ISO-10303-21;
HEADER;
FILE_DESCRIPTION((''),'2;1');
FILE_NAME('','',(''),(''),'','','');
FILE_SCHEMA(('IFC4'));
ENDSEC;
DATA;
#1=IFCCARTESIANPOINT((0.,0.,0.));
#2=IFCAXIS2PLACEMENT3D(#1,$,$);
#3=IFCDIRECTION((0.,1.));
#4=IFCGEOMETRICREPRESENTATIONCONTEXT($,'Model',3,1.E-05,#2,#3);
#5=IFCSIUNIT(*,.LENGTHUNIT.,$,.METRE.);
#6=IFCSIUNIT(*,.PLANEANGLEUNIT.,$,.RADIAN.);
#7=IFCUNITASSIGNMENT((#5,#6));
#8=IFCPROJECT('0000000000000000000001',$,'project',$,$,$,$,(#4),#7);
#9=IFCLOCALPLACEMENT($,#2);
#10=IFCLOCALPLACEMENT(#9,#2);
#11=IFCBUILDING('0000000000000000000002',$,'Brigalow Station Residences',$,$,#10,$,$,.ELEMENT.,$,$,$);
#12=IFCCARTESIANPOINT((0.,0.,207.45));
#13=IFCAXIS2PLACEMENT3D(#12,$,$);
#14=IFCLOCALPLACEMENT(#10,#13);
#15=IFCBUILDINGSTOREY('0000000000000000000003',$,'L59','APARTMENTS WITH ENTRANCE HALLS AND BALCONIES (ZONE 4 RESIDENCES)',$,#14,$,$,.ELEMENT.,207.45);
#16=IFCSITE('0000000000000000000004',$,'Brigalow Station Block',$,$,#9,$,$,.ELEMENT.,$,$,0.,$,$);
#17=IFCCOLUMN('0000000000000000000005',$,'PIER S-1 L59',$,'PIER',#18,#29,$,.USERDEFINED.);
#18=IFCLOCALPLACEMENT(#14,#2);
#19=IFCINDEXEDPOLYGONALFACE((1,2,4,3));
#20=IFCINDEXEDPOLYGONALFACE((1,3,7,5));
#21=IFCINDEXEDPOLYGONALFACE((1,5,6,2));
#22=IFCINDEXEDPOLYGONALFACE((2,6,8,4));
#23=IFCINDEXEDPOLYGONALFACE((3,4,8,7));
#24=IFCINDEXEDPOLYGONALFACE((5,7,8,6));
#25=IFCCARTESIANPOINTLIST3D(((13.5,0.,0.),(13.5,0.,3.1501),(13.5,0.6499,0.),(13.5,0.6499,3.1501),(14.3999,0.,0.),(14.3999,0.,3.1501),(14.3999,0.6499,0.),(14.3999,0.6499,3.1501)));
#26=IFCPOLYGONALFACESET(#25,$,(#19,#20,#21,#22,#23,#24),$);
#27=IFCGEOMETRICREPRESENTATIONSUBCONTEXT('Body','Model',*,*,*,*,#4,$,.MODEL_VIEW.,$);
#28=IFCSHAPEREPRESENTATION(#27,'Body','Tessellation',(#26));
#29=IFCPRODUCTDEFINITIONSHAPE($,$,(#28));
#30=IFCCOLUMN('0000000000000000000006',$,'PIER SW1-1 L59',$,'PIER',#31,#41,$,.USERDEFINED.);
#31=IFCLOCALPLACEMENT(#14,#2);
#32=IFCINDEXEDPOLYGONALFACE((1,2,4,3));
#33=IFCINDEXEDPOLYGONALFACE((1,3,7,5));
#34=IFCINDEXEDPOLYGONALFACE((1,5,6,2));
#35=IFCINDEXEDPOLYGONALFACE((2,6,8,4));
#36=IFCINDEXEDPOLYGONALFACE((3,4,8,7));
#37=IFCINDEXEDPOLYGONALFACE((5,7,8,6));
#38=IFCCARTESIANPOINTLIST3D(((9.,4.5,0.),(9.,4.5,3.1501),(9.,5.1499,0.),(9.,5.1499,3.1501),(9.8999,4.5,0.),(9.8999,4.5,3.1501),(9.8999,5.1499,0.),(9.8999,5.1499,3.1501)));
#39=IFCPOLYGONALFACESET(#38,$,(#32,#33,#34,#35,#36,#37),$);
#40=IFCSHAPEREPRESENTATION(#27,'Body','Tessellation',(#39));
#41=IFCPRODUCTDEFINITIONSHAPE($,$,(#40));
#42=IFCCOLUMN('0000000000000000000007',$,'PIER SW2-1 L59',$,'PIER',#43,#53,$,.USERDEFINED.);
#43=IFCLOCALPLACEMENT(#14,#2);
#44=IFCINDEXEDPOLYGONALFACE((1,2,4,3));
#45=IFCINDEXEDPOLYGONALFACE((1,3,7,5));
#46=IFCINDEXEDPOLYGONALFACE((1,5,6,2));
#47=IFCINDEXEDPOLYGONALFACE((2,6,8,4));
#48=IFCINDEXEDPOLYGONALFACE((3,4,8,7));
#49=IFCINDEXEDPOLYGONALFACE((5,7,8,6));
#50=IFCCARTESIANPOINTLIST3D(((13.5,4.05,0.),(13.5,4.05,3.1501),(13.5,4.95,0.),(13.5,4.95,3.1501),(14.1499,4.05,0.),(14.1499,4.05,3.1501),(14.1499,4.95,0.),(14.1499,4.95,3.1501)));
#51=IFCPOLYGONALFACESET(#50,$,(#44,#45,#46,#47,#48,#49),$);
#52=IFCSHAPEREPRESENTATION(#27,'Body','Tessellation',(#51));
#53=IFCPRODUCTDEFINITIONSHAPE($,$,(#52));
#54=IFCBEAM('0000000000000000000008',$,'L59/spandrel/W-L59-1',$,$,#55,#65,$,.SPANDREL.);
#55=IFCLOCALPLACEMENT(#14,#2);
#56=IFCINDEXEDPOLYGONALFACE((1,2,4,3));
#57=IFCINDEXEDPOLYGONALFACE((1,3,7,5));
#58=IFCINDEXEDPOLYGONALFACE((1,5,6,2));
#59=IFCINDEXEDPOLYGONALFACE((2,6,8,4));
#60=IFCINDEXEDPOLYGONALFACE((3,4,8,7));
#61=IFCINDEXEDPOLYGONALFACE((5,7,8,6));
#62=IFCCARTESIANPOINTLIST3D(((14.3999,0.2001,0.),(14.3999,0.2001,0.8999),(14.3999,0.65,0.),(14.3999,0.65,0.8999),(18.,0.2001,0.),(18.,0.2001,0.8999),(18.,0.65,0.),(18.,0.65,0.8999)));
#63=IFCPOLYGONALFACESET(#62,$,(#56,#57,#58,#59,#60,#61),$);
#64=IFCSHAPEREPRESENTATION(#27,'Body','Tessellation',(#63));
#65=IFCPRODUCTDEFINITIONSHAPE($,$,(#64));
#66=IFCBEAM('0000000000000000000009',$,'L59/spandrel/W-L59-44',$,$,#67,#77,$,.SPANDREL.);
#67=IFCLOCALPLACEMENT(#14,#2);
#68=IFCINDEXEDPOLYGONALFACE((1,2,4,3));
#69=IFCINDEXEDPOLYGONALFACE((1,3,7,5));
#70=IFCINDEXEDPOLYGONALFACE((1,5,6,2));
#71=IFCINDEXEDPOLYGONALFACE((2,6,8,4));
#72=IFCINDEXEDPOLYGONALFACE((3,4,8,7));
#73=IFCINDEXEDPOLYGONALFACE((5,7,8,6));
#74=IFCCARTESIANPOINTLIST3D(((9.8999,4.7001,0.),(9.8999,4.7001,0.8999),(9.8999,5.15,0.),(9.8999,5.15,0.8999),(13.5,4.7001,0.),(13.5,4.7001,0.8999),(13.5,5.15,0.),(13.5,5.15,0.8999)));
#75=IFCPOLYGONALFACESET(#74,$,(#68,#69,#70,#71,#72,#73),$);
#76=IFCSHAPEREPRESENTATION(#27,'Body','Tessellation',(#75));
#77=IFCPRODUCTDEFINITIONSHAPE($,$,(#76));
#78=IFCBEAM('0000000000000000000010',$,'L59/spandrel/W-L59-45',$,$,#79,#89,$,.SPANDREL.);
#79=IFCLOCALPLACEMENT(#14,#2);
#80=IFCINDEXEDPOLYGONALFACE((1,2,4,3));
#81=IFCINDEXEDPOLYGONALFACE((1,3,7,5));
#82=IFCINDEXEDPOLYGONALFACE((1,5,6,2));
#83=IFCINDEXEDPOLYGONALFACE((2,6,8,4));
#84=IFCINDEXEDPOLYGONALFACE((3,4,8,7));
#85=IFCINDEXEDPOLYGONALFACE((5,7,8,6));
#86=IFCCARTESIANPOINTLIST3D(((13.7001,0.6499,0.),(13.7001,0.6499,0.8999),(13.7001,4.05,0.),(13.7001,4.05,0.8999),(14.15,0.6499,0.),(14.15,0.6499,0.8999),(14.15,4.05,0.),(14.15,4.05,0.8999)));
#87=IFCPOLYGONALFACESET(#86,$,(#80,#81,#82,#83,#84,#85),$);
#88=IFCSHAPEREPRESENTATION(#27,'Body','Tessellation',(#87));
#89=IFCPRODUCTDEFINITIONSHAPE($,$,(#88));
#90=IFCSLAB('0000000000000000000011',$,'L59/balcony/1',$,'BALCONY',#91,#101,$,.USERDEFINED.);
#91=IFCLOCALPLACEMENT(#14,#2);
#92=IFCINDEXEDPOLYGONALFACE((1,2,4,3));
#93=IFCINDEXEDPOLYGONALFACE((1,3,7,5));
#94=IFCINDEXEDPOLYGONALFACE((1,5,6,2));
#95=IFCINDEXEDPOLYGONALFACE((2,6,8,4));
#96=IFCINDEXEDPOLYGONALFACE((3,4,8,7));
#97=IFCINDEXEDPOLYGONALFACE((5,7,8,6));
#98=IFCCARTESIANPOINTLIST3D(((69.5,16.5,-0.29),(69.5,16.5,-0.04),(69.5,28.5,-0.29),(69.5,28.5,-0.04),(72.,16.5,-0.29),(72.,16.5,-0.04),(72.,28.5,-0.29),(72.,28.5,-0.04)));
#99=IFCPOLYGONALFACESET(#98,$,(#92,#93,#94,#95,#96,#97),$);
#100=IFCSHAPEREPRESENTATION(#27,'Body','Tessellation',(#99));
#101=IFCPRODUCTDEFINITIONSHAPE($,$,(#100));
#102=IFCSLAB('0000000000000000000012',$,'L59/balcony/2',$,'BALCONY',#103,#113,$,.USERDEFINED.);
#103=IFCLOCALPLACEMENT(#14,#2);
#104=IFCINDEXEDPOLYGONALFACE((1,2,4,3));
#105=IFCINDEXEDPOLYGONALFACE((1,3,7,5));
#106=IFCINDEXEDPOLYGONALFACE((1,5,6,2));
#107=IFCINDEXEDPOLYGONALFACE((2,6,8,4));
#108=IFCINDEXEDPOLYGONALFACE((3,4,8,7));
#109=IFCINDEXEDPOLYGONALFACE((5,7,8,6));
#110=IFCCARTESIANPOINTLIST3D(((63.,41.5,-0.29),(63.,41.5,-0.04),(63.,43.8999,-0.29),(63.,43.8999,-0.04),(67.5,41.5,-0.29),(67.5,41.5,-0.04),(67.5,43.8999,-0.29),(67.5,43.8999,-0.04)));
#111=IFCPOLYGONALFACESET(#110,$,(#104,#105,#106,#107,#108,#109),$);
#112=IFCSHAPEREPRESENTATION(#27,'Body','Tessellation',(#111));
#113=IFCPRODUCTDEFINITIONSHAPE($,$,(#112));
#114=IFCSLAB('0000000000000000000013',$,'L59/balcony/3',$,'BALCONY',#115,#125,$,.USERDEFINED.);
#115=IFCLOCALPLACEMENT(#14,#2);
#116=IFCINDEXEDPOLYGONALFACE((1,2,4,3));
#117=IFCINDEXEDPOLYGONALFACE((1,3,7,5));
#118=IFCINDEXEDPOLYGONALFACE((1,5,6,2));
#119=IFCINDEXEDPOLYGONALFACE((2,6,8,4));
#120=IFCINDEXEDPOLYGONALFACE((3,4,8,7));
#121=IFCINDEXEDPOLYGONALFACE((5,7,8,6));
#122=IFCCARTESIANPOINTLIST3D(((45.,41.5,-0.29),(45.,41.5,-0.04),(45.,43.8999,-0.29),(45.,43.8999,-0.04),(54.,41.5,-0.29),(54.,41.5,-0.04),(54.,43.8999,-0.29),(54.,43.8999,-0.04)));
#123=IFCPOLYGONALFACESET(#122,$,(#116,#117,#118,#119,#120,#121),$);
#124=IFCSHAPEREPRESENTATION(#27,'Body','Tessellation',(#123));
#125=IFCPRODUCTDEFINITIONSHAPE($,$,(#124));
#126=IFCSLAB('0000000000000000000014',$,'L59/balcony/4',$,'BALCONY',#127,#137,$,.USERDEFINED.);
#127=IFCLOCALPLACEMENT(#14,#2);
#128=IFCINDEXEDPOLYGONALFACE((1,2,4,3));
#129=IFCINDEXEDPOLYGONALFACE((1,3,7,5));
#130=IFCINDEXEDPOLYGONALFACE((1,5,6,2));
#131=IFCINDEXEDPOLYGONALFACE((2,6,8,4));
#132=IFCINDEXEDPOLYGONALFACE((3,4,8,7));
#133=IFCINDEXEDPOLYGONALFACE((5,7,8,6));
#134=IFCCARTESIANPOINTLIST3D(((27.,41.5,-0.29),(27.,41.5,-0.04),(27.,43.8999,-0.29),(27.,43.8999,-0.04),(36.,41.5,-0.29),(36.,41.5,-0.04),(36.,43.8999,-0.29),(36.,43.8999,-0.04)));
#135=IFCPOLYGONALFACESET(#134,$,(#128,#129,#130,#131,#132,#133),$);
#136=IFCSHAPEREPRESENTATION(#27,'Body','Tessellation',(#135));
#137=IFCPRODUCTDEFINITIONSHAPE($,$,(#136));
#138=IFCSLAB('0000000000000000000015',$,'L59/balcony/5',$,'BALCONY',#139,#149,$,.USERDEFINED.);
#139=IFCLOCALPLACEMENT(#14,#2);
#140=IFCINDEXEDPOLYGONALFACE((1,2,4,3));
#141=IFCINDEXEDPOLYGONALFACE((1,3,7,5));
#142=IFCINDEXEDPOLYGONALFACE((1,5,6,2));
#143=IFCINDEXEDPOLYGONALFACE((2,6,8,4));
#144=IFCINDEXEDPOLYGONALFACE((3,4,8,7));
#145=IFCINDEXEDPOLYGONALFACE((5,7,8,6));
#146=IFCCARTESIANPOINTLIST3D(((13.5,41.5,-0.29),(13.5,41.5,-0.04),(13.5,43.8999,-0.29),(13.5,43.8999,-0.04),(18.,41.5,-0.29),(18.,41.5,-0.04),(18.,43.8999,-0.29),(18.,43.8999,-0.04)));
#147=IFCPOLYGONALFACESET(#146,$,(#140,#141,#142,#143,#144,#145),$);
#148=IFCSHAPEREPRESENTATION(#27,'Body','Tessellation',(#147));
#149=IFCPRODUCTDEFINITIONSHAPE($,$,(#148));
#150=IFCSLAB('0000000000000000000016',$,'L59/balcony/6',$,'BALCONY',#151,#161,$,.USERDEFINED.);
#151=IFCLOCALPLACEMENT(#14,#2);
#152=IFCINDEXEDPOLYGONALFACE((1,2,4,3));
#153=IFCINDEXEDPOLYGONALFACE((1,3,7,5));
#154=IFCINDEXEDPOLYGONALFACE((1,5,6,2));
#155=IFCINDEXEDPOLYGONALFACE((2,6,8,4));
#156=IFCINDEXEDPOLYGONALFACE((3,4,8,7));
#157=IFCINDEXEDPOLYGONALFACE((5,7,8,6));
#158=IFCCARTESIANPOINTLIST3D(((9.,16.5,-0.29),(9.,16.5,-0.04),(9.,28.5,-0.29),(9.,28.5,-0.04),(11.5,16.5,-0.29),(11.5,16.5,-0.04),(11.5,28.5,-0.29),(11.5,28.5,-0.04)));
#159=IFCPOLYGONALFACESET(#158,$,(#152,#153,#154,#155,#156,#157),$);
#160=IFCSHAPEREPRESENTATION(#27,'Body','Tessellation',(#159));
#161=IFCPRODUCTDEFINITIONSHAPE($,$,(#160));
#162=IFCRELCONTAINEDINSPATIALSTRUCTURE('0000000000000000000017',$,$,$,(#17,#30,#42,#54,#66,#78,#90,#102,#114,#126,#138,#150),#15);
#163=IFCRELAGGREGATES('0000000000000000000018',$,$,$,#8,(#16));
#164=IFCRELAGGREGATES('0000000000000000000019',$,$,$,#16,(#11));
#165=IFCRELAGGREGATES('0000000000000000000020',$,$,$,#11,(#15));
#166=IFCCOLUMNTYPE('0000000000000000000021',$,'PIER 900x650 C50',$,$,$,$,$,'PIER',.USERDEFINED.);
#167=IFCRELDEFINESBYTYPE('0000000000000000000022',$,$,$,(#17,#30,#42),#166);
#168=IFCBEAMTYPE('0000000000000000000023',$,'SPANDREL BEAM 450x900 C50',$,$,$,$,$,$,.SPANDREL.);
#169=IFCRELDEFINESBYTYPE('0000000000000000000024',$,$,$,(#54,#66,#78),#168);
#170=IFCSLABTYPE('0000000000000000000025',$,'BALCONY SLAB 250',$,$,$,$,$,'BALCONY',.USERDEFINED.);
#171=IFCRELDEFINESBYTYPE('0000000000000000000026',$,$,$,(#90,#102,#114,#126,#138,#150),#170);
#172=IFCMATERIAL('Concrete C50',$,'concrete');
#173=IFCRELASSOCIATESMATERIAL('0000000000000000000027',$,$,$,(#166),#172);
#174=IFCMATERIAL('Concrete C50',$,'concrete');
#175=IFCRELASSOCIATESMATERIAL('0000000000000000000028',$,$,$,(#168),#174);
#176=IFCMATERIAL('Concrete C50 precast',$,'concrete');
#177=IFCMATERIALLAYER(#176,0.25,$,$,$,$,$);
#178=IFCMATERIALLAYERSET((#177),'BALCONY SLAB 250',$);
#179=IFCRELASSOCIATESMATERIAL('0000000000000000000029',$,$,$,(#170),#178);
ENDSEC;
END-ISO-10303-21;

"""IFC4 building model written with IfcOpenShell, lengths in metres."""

from ifc_helpers import new_model, si_unit, direction, frame, origin, origin_2d, place, context, subcontext, project, spatial, polyline, rectangle, outline, extrude, material, layer, layer_set, material_profile, profile_set, type_object, element, save


model = new_model("IFC4")

# Units and contexts
model_context = context("Model", 3, precision=1e-05, world=origin(), true_north=direction((0.0, 1.0)))
body_context = subcontext(model_context, "Body", "Model", "MODEL_VIEW")
ifc_project = project(units=[si_unit("LENGTHUNIT", "METRE"), si_unit("PLANEANGLEUNIT", "RADIAN")], contexts=[model_context])

# Site, building, storey
site_placement = place(None, origin())
site = spatial("IfcSite", under=ifc_project, at=site_placement, Name="Brigalow Station Block", CompositionType="ELEMENT", RefElevation=0.0)
building_placement = place(site_placement, origin())
building = spatial("IfcBuilding", under=site, at=building_placement, Name="Brigalow Station Residences", CompositionType="ELEMENT")
storey_placement = place(building_placement, frame((0.0, 0.0, 207.45)))
storey = spatial("IfcBuildingStorey", under=building, at=storey_placement, Name="L59", Description="APARTMENTS WITH ENTRANCE HALLS AND BALCONIES (ZONE 4 RESIDENCES)", CompositionType="ELEMENT", Elevation=207.45)

# Columns
ifc_material_1 = material(Name="Concrete C50", Category="concrete")
ifc_material_profile_1 = material_profile(ifc_material_1, rectangle(XDim=0.8999, YDim=0.6499, at=origin_2d()), Name="RC900x650")
ifc_profile_set_1 = profile_set([ifc_material_profile_1], Name="Concrete C50")
column_type = type_object("IfcColumnType", Name="PIER 900x650 C50", ElementType="PIER", PredefinedType="USERDEFINED", material=ifc_profile_set_1)
for number, where, z_axis, x_axis, name in (
    (1, (13.95, 0.325, 0.0), (0.0, 0.0, 1.0), (1.0, 0.0, 0.0), "PIER S-1 L59"),
    (2, (9.45, 4.825, 0.0), (0.0, 0.0, 1.0), (1.0, 0.0, 0.0), "PIER SW1-1 L59"),
    (3, (13.825, 4.5, 0.0), (0.0, 0.0, 1.0), (0.0, -1.0, 0.0), "PIER SW2-1 L59"),
):
    element("IfcColumn", number, at=place(storey_placement, frame(where, z_axis=z_axis, x_axis=x_axis)), inside=storey, type_object=column_type, Name=name, ObjectType="PIER", PredefinedType="USERDEFINED", context=body_context, shape_type="SweptSolid", body=[
        extrude(rectangle(XDim=0.8999, YDim=0.6499, at=origin_2d()), origin(), (0.0, 0.0, 1.0), 3.1501),
    ])

# Beams
ifc_material_2 = material(Name="Concrete C50", Category="concrete")
ifc_material_profile_2 = material_profile(ifc_material_2, rectangle(XDim=0.45, YDim=0.8999, at=origin_2d()), Name="RC450x900")
ifc_profile_set_2 = profile_set([ifc_material_profile_2], Name="Concrete C50")
beam_type = type_object("IfcBeamType", Name="SPANDREL BEAM 450x900 C50", PredefinedType="SPANDREL", material=ifc_profile_set_2)
for number, where, z_axis, x_axis, name in (
    (4, (14.3999, 0.425, 0.45), (1.0, 0.0, 0.0), (0.0, 1.0, 0.0), "L59/spandrel/W-L59-1"),
    (5, (9.8999, 4.925, 0.45), (1.0, 0.0, 0.0), (0.0, 1.0, 0.0), "L59/spandrel/W-L59-44"),
):
    element("IfcBeam", number, at=place(storey_placement, frame(where, z_axis=z_axis, x_axis=x_axis)), inside=storey, type_object=beam_type, Name=name, PredefinedType="SPANDREL", context=body_context, shape_type="SweptSolid", body=[
        extrude(rectangle(XDim=0.45, YDim=0.8999, at=origin_2d()), origin(), (0.0, 0.0, 1.0), 3.6001),
    ])
beam_placement = place(storey_placement, frame((13.925, 4.05, 0.45), z_axis=(0.0, -1.0, 0.0), x_axis=(1.0, 0.0, 0.0)))
element("IfcBeam", 6, at=beam_placement, inside=storey, type_object=beam_type, Name="L59/spandrel/W-L59-45", PredefinedType="SPANDREL", context=body_context, shape_type="SweptSolid", body=[
    extrude(rectangle(XDim=0.45, YDim=0.8999, at=origin_2d()), origin(), (0.0, 0.0, 1.0), 3.4001),
])

# Slabs
ifc_material_3 = material(Name="Concrete C50 precast", Category="concrete")
ifc_layer_1 = layer(ifc_material_3, 0.25)
ifc_layer_set_1 = layer_set([ifc_layer_1], Name="BALCONY SLAB 250")
slab_type_1 = type_object("IfcSlabType", Name="BALCONY SLAB 250", ElementType="BALCONY", PredefinedType="USERDEFINED", material=ifc_layer_set_1)
slab_1_placement = place(storey_placement, frame((0.0, 0.0, -0.29)))
element("IfcSlab", 7, at=slab_1_placement, inside=storey, type_object=slab_type_1, Name="L59/balcony/1", ObjectType="BALCONY", PredefinedType="USERDEFINED", context=body_context, shape_type="SweptSolid", body=[
    extrude(outline(polyline([(69.5, 16.5), (72.0, 16.5), (72.0, 28.5), (69.5, 28.5), (69.5, 16.5)])), origin(), (0.0, 0.0, 1.0), 0.25),
])
slab_2_placement = place(storey_placement, frame((0.0, 0.0, -0.29)))
element("IfcSlab", 8, at=slab_2_placement, inside=storey, type_object=slab_type_1, Name="L59/balcony/2", ObjectType="BALCONY", PredefinedType="USERDEFINED", context=body_context, shape_type="SweptSolid", body=[
    extrude(outline(polyline([(67.5, 41.5), (67.5, 43.8999), (63.0, 43.8999), (63.0, 41.5), (67.5, 41.5)])), origin(), (0.0, 0.0, 1.0), 0.25),
])
slab_3_placement = place(storey_placement, frame((0.0, 0.0, -0.29)))
element("IfcSlab", 9, at=slab_3_placement, inside=storey, type_object=slab_type_1, Name="L59/balcony/3", ObjectType="BALCONY", PredefinedType="USERDEFINED", context=body_context, shape_type="SweptSolid", body=[
    extrude(outline(polyline([(54.0, 41.5), (54.0, 43.8999), (45.0, 43.8999), (45.0, 41.5), (54.0, 41.5)])), origin(), (0.0, 0.0, 1.0), 0.25),
])
slab_4_placement = place(storey_placement, frame((0.0, 0.0, -0.29)))
element("IfcSlab", 10, at=slab_4_placement, inside=storey, type_object=slab_type_1, Name="L59/balcony/4", ObjectType="BALCONY", PredefinedType="USERDEFINED", context=body_context, shape_type="SweptSolid", body=[
    extrude(outline(polyline([(36.0, 41.5), (36.0, 43.8999), (27.0, 43.8999), (27.0, 41.5), (36.0, 41.5)])), origin(), (0.0, 0.0, 1.0), 0.25),
])
slab_5_placement = place(storey_placement, frame((0.0, 0.0, -0.29)))
element("IfcSlab", 11, at=slab_5_placement, inside=storey, type_object=slab_type_1, Name="L59/balcony/5", ObjectType="BALCONY", PredefinedType="USERDEFINED", context=body_context, shape_type="SweptSolid", body=[
    extrude(outline(polyline([(18.0, 41.5), (18.0, 43.8999), (13.5, 43.8999), (13.5, 41.5), (18.0, 41.5)])), origin(), (0.0, 0.0, 1.0), 0.25),
])
slab_6_placement = place(storey_placement, frame((0.0, 0.0, -0.29)))
element("IfcSlab", 12, at=slab_6_placement, inside=storey, type_object=slab_type_1, Name="L59/balcony/6", ObjectType="BALCONY", PredefinedType="USERDEFINED", context=body_context, shape_type="SweptSolid", body=[
    extrude(outline(polyline([(11.5, 28.5), (9.0, 28.5), (9.0, 16.5), (11.5, 16.5), (11.5, 28.5)])), origin(), (0.0, 0.0, 1.0), 0.25),
])

save(model, "model.ifc")
